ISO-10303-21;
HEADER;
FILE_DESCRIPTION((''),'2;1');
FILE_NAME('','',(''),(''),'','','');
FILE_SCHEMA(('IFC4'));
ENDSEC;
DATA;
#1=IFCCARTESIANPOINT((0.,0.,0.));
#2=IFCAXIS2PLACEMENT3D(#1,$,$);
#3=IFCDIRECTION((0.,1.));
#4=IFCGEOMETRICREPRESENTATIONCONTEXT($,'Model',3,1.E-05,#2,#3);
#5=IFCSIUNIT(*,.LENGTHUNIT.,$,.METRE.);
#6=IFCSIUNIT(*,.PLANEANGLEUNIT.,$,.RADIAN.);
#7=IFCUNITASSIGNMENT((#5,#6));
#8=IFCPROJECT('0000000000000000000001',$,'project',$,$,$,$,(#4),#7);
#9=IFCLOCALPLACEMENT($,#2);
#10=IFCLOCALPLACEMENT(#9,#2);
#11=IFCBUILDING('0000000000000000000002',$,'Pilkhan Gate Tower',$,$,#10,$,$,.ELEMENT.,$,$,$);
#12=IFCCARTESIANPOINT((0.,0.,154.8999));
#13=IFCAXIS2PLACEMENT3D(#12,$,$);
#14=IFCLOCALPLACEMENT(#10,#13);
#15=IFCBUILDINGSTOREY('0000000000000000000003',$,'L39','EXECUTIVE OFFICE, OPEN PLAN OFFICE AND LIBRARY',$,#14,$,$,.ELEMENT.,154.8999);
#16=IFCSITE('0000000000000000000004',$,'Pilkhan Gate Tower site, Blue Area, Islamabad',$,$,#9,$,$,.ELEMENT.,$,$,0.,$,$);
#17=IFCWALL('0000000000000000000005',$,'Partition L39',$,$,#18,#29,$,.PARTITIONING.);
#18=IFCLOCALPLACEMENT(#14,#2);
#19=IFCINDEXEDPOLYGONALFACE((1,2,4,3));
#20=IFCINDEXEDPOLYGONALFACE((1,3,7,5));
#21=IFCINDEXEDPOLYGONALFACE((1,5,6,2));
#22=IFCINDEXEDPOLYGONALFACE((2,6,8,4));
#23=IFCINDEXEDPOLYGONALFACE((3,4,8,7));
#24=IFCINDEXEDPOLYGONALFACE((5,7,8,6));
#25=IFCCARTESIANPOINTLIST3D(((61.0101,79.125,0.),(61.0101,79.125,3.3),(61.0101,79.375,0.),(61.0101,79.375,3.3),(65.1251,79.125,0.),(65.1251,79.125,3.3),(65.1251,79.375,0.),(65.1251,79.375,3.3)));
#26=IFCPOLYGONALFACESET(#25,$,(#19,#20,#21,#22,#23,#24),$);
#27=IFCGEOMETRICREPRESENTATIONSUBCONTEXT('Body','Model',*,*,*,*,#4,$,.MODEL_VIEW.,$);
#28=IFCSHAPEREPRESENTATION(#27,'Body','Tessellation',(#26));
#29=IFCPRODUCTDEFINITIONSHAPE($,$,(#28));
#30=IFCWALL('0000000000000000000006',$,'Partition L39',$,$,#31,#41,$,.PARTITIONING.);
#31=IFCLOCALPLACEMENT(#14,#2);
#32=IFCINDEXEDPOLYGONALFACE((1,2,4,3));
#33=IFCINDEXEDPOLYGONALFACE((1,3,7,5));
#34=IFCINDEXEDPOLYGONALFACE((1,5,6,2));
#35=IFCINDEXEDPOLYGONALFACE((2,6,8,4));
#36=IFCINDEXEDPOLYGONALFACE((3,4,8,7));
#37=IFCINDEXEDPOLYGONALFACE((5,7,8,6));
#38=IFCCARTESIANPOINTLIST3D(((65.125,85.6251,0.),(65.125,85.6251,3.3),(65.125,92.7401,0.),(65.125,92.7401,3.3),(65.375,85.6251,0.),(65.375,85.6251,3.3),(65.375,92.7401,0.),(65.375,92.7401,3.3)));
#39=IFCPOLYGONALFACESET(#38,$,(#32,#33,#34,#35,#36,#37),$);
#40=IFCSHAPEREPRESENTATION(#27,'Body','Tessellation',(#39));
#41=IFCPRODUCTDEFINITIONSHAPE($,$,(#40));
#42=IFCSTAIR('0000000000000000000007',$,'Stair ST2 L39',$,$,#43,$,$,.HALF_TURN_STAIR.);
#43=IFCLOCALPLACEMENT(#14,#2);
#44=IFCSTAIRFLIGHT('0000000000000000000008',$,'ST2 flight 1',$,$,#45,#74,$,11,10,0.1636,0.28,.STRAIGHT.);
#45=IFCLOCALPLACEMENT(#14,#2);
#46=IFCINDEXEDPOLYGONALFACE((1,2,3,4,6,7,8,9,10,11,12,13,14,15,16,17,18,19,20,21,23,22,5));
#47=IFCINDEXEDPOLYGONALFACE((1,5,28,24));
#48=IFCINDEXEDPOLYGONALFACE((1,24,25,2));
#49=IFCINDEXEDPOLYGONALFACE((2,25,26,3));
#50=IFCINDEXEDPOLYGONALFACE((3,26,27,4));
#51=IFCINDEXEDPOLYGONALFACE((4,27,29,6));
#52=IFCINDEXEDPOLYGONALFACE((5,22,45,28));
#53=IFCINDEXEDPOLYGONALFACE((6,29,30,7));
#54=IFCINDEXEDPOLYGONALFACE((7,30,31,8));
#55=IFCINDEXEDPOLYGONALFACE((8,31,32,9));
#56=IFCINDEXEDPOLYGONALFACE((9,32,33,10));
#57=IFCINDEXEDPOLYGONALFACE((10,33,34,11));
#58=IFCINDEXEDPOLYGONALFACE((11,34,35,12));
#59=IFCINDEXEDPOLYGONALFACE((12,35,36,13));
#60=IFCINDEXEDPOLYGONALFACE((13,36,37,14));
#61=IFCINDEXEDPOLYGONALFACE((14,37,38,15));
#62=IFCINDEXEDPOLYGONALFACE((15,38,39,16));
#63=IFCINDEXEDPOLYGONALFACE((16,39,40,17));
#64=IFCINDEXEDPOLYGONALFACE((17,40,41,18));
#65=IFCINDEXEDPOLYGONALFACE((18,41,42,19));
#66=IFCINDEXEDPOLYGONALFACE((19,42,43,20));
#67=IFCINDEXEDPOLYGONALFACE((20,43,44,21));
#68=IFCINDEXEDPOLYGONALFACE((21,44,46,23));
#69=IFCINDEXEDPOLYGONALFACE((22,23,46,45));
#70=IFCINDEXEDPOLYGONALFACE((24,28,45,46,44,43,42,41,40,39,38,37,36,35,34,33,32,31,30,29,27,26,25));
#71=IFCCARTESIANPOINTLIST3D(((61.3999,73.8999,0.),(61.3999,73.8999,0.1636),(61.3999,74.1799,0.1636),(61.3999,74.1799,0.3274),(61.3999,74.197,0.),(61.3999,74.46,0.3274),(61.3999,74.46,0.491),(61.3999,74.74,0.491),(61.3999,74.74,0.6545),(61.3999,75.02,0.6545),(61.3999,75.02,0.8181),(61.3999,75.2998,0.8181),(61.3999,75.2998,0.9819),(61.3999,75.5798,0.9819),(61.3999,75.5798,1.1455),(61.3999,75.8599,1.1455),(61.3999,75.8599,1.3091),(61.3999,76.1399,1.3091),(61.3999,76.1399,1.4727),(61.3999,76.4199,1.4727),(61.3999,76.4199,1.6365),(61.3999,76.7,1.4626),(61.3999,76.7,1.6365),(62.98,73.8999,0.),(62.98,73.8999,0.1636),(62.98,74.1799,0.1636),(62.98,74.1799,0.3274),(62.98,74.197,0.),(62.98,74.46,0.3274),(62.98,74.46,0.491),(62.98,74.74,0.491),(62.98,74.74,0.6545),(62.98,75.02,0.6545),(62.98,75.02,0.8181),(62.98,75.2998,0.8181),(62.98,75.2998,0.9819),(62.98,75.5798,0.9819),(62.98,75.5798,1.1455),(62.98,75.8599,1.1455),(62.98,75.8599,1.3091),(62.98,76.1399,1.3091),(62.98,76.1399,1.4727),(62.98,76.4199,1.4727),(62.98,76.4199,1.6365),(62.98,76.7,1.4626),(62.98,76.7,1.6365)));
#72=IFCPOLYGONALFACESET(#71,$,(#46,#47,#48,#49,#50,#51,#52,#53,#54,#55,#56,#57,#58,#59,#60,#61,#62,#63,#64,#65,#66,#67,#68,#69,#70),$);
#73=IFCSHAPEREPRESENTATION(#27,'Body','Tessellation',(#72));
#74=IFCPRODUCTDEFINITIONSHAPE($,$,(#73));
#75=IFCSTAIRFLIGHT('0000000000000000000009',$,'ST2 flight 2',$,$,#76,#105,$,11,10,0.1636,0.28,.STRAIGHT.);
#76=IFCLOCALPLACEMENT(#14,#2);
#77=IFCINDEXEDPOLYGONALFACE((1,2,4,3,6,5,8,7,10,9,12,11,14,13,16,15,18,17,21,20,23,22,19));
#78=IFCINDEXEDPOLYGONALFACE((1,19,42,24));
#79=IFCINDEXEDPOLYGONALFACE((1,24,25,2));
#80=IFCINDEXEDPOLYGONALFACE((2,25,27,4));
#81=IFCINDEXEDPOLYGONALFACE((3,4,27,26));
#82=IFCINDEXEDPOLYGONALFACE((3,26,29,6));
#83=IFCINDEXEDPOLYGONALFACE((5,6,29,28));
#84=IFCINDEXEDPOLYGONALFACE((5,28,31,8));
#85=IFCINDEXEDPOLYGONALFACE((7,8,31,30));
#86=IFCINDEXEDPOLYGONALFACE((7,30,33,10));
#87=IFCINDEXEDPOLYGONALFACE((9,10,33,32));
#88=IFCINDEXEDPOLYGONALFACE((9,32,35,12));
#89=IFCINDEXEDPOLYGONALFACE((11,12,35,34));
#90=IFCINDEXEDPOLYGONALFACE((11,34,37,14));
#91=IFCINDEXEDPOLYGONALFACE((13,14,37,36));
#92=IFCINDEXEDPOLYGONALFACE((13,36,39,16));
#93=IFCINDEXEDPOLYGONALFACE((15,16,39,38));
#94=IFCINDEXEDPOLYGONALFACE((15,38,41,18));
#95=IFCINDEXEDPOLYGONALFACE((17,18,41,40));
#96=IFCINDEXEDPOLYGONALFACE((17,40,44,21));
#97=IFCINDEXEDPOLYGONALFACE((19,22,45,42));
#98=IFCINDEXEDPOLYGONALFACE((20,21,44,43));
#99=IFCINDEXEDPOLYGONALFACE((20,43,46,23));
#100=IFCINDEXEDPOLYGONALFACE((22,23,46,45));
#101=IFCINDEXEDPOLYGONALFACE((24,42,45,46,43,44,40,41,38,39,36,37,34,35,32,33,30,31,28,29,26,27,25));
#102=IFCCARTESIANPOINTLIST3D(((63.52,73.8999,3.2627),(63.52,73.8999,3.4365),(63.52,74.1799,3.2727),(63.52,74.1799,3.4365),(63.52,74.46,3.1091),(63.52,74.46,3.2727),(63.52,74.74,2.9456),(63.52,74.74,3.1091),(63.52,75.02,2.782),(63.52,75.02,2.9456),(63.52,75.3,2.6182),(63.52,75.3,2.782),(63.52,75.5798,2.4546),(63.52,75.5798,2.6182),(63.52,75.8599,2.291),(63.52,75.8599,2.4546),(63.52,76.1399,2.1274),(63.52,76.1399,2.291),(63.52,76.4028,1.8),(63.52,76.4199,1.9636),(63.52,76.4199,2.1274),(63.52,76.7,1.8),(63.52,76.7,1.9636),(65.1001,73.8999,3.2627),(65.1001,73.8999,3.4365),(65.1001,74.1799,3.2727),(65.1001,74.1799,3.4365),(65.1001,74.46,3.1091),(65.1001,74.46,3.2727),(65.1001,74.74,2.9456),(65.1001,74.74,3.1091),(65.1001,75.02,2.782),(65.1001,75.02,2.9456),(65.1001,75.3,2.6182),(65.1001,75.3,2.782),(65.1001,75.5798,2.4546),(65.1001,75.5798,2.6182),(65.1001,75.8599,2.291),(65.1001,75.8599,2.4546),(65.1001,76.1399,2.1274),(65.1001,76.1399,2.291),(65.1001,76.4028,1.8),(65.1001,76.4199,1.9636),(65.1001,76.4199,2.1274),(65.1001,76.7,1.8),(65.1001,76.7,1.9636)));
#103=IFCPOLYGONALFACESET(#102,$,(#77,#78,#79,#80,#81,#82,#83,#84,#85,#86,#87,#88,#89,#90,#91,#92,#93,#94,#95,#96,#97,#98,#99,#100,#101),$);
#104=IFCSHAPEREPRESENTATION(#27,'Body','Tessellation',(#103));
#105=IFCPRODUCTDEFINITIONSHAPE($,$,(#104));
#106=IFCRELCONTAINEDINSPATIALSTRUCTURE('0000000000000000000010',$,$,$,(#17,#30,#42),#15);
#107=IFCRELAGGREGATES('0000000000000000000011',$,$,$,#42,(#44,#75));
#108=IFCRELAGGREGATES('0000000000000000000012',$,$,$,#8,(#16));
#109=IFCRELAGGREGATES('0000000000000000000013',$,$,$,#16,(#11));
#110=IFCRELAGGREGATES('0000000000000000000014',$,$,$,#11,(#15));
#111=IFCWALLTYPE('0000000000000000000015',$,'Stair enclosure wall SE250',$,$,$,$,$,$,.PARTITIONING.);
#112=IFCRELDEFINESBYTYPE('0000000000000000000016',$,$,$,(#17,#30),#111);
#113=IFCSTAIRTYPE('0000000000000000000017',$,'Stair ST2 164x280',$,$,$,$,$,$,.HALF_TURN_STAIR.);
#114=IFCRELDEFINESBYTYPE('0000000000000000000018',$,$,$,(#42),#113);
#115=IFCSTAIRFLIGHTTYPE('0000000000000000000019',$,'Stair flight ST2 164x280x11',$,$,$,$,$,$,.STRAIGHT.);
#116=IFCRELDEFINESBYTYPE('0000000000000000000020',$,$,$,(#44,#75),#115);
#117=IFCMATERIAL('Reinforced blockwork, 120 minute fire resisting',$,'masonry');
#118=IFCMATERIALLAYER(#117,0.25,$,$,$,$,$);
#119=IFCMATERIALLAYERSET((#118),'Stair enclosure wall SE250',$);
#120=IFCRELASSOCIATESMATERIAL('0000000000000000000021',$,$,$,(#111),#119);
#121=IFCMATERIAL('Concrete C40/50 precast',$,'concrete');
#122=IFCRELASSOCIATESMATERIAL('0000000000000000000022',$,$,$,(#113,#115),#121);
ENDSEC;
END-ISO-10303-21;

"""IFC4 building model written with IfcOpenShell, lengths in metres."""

from ifc_helpers import new_model, si_unit, direction, frame, frame_2d, origin, place, context, subcontext, project, spatial, polyline, rectangle, outline, extrude, material, layer, layer_set, type_object, element, aggregate, save


model = new_model("IFC4")

# Units and contexts
model_context = context("Model", 3, precision=1e-05, world=origin(), true_north=direction((0.0, 1.0)))
body_context = subcontext(model_context, "Body", "Model", "MODEL_VIEW")
ifc_project = project(units=[si_unit("LENGTHUNIT", "METRE"), si_unit("PLANEANGLEUNIT", "RADIAN")], contexts=[model_context])

# Site, building, storey
site_placement = place(None, origin())
site = spatial("IfcSite", under=ifc_project, at=site_placement, Name="Pilkhan Gate Tower site, Blue Area, Islamabad", CompositionType="ELEMENT", RefElevation=0.0)
building_placement = place(site_placement, origin())
building = spatial("IfcBuilding", under=site, at=building_placement, Name="Pilkhan Gate Tower", CompositionType="ELEMENT")
storey_placement = place(building_placement, frame((0.0, 0.0, 154.8999)))
storey = spatial("IfcBuildingStorey", under=building, at=storey_placement, Name="L39", Description="EXECUTIVE OFFICE, OPEN PLAN OFFICE AND LIBRARY", CompositionType="ELEMENT", Elevation=154.8999)

# Walls
ifc_material_1 = material(Name="Reinforced blockwork, 120 minute fire resisting", Category="masonry")
ifc_layer_1 = layer(ifc_material_1, 0.25)
ifc_layer_set_1 = layer_set([ifc_layer_1], Name="Stair enclosure wall SE250")
wall_type_1 = type_object("IfcWallType", Name="Stair enclosure wall SE250", PredefinedType="PARTITIONING", material=ifc_layer_set_1)
wall_1_placement = place(storey_placement, frame((61.01, 79.25, 0.0), z_axis=(0.0, 0.0, 1.0), x_axis=(1.0, 0.0, 0.0)))
element("IfcWall", 1, at=wall_1_placement, inside=storey, type_object=wall_type_1, Name="Partition L39", PredefinedType="PARTITIONING", context=body_context, shape_type="SweptSolid", body=[
    extrude(rectangle(XDim=4.115, YDim=0.25, at=frame_2d((2.0576, 0.0))), origin(), (0.0, 0.0, 1.0), 3.3),
])
wall_2_placement = place(storey_placement, frame((65.25, 85.625, 0.0), z_axis=(0.0, 0.0, 1.0), x_axis=(0.0, 1.0, 0.0)))
element("IfcWall", 2, at=wall_2_placement, inside=storey, type_object=wall_type_1, Name="Partition L39", PredefinedType="PARTITIONING", context=body_context, shape_type="SweptSolid", body=[
    extrude(rectangle(XDim=7.115, YDim=0.25, at=frame_2d((3.5576, 0.0))), origin(), (0.0, 0.0, 1.0), 3.3),
])

# Stair, stair flights
ifc_material_2 = material(Name="Concrete C40/50 precast", Category="concrete")
stair_type = type_object("IfcStairType", Name="Stair ST2 164x280", PredefinedType="HALF_TURN_STAIR", material=ifc_material_2)
stair_placement = place(storey_placement, origin())
stair = element("IfcStair", 3, at=stair_placement, inside=storey, type_object=stair_type, Name="Stair ST2 L39", PredefinedType="HALF_TURN_STAIR")
stair_flight_type = type_object("IfcStairFlightType", Name="Stair flight ST2 164x280x11", PredefinedType="STRAIGHT", material=ifc_material_2)
stair_flight_1_placement = place(storey_placement, frame((62.1899, 73.8999, 0.0), z_axis=(0.0, 0.0, 1.0), x_axis=(0.0, 1.0, 0.0)))
stair_flight_1 = element("IfcStairFlight", 4, at=stair_flight_1_placement, type_object=stair_flight_type, Name="ST2 flight 1", NumberOfRisers=11, NumberOfTreads=10, PredefinedType="STRAIGHT", RiserHeight=0.1636, TreadLength=0.28, context=body_context, shape_type="SweptSolid", body=[
    extrude(outline(polyline([(0.0, 0.0), (0.0, 0.1636), (0.28, 0.1636), (0.28, 0.3274), (0.5601, 0.3274), (0.5601, 0.491), (0.8401, 0.491), (0.8401, 0.6545), (1.1201, 0.6545), (1.1201, 0.8181), (1.3999, 0.8181), (1.3999, 0.9819), (1.6799, 0.9819), (1.6799, 1.1455), (1.96, 1.1455), (1.96, 1.3091), (2.24, 1.3091), (2.24, 1.4727), (2.52, 1.4727), (2.52, 1.6365), (2.8, 1.6365), (2.8, 1.8), (2.8, 1.4626), (0.2971, 0.0), (0.0, 0.0)])), frame((0.0, 0.79, 0.0), z_axis=(0.0, -1.0, 0.0), x_axis=(1.0, 0.0, 0.0)), (0.0, 0.0, 1.0), 1.5801),
])
stair_flight_2_placement = place(storey_placement, frame((64.3101, 76.7, 1.8), z_axis=(0.0, 0.0, 1.0), x_axis=(0.0, -1.0, 0.0)))
stair_flight_2 = element("IfcStairFlight", 5, at=stair_flight_2_placement, type_object=stair_flight_type, Name="ST2 flight 2", NumberOfRisers=11, NumberOfTreads=10, PredefinedType="STRAIGHT", RiserHeight=0.1636, TreadLength=0.28, context=body_context, shape_type="SweptSolid", body=[
    extrude(outline(polyline([(0.0, 0.0), (0.0, 0.1636), (0.28, 0.1636), (0.28, 0.3274), (0.5601, 0.3274), (0.5601, 0.491), (0.8401, 0.491), (0.8401, 0.6545), (1.1201, 0.6545), (1.1201, 0.8181), (1.3999, 0.8181), (1.3999, 0.9819), (1.6799, 0.9819), (1.6799, 1.1455), (1.96, 1.1455), (1.96, 1.3091), (2.24, 1.3091), (2.24, 1.4727), (2.52, 1.4727), (2.52, 1.6365), (2.8, 1.6365), (2.8, 1.8), (2.8, 1.4626), (0.2971, 0.0), (0.0, 0.0)])), frame((0.0, 0.79, 0.0), z_axis=(0.0, -1.0, 0.0), x_axis=(1.0, 0.0, 0.0)), (0.0, 0.0, 1.0), 1.5801),
])
aggregate(stair, [stair_flight_1, stair_flight_2])

save(model, "model.ifc")
